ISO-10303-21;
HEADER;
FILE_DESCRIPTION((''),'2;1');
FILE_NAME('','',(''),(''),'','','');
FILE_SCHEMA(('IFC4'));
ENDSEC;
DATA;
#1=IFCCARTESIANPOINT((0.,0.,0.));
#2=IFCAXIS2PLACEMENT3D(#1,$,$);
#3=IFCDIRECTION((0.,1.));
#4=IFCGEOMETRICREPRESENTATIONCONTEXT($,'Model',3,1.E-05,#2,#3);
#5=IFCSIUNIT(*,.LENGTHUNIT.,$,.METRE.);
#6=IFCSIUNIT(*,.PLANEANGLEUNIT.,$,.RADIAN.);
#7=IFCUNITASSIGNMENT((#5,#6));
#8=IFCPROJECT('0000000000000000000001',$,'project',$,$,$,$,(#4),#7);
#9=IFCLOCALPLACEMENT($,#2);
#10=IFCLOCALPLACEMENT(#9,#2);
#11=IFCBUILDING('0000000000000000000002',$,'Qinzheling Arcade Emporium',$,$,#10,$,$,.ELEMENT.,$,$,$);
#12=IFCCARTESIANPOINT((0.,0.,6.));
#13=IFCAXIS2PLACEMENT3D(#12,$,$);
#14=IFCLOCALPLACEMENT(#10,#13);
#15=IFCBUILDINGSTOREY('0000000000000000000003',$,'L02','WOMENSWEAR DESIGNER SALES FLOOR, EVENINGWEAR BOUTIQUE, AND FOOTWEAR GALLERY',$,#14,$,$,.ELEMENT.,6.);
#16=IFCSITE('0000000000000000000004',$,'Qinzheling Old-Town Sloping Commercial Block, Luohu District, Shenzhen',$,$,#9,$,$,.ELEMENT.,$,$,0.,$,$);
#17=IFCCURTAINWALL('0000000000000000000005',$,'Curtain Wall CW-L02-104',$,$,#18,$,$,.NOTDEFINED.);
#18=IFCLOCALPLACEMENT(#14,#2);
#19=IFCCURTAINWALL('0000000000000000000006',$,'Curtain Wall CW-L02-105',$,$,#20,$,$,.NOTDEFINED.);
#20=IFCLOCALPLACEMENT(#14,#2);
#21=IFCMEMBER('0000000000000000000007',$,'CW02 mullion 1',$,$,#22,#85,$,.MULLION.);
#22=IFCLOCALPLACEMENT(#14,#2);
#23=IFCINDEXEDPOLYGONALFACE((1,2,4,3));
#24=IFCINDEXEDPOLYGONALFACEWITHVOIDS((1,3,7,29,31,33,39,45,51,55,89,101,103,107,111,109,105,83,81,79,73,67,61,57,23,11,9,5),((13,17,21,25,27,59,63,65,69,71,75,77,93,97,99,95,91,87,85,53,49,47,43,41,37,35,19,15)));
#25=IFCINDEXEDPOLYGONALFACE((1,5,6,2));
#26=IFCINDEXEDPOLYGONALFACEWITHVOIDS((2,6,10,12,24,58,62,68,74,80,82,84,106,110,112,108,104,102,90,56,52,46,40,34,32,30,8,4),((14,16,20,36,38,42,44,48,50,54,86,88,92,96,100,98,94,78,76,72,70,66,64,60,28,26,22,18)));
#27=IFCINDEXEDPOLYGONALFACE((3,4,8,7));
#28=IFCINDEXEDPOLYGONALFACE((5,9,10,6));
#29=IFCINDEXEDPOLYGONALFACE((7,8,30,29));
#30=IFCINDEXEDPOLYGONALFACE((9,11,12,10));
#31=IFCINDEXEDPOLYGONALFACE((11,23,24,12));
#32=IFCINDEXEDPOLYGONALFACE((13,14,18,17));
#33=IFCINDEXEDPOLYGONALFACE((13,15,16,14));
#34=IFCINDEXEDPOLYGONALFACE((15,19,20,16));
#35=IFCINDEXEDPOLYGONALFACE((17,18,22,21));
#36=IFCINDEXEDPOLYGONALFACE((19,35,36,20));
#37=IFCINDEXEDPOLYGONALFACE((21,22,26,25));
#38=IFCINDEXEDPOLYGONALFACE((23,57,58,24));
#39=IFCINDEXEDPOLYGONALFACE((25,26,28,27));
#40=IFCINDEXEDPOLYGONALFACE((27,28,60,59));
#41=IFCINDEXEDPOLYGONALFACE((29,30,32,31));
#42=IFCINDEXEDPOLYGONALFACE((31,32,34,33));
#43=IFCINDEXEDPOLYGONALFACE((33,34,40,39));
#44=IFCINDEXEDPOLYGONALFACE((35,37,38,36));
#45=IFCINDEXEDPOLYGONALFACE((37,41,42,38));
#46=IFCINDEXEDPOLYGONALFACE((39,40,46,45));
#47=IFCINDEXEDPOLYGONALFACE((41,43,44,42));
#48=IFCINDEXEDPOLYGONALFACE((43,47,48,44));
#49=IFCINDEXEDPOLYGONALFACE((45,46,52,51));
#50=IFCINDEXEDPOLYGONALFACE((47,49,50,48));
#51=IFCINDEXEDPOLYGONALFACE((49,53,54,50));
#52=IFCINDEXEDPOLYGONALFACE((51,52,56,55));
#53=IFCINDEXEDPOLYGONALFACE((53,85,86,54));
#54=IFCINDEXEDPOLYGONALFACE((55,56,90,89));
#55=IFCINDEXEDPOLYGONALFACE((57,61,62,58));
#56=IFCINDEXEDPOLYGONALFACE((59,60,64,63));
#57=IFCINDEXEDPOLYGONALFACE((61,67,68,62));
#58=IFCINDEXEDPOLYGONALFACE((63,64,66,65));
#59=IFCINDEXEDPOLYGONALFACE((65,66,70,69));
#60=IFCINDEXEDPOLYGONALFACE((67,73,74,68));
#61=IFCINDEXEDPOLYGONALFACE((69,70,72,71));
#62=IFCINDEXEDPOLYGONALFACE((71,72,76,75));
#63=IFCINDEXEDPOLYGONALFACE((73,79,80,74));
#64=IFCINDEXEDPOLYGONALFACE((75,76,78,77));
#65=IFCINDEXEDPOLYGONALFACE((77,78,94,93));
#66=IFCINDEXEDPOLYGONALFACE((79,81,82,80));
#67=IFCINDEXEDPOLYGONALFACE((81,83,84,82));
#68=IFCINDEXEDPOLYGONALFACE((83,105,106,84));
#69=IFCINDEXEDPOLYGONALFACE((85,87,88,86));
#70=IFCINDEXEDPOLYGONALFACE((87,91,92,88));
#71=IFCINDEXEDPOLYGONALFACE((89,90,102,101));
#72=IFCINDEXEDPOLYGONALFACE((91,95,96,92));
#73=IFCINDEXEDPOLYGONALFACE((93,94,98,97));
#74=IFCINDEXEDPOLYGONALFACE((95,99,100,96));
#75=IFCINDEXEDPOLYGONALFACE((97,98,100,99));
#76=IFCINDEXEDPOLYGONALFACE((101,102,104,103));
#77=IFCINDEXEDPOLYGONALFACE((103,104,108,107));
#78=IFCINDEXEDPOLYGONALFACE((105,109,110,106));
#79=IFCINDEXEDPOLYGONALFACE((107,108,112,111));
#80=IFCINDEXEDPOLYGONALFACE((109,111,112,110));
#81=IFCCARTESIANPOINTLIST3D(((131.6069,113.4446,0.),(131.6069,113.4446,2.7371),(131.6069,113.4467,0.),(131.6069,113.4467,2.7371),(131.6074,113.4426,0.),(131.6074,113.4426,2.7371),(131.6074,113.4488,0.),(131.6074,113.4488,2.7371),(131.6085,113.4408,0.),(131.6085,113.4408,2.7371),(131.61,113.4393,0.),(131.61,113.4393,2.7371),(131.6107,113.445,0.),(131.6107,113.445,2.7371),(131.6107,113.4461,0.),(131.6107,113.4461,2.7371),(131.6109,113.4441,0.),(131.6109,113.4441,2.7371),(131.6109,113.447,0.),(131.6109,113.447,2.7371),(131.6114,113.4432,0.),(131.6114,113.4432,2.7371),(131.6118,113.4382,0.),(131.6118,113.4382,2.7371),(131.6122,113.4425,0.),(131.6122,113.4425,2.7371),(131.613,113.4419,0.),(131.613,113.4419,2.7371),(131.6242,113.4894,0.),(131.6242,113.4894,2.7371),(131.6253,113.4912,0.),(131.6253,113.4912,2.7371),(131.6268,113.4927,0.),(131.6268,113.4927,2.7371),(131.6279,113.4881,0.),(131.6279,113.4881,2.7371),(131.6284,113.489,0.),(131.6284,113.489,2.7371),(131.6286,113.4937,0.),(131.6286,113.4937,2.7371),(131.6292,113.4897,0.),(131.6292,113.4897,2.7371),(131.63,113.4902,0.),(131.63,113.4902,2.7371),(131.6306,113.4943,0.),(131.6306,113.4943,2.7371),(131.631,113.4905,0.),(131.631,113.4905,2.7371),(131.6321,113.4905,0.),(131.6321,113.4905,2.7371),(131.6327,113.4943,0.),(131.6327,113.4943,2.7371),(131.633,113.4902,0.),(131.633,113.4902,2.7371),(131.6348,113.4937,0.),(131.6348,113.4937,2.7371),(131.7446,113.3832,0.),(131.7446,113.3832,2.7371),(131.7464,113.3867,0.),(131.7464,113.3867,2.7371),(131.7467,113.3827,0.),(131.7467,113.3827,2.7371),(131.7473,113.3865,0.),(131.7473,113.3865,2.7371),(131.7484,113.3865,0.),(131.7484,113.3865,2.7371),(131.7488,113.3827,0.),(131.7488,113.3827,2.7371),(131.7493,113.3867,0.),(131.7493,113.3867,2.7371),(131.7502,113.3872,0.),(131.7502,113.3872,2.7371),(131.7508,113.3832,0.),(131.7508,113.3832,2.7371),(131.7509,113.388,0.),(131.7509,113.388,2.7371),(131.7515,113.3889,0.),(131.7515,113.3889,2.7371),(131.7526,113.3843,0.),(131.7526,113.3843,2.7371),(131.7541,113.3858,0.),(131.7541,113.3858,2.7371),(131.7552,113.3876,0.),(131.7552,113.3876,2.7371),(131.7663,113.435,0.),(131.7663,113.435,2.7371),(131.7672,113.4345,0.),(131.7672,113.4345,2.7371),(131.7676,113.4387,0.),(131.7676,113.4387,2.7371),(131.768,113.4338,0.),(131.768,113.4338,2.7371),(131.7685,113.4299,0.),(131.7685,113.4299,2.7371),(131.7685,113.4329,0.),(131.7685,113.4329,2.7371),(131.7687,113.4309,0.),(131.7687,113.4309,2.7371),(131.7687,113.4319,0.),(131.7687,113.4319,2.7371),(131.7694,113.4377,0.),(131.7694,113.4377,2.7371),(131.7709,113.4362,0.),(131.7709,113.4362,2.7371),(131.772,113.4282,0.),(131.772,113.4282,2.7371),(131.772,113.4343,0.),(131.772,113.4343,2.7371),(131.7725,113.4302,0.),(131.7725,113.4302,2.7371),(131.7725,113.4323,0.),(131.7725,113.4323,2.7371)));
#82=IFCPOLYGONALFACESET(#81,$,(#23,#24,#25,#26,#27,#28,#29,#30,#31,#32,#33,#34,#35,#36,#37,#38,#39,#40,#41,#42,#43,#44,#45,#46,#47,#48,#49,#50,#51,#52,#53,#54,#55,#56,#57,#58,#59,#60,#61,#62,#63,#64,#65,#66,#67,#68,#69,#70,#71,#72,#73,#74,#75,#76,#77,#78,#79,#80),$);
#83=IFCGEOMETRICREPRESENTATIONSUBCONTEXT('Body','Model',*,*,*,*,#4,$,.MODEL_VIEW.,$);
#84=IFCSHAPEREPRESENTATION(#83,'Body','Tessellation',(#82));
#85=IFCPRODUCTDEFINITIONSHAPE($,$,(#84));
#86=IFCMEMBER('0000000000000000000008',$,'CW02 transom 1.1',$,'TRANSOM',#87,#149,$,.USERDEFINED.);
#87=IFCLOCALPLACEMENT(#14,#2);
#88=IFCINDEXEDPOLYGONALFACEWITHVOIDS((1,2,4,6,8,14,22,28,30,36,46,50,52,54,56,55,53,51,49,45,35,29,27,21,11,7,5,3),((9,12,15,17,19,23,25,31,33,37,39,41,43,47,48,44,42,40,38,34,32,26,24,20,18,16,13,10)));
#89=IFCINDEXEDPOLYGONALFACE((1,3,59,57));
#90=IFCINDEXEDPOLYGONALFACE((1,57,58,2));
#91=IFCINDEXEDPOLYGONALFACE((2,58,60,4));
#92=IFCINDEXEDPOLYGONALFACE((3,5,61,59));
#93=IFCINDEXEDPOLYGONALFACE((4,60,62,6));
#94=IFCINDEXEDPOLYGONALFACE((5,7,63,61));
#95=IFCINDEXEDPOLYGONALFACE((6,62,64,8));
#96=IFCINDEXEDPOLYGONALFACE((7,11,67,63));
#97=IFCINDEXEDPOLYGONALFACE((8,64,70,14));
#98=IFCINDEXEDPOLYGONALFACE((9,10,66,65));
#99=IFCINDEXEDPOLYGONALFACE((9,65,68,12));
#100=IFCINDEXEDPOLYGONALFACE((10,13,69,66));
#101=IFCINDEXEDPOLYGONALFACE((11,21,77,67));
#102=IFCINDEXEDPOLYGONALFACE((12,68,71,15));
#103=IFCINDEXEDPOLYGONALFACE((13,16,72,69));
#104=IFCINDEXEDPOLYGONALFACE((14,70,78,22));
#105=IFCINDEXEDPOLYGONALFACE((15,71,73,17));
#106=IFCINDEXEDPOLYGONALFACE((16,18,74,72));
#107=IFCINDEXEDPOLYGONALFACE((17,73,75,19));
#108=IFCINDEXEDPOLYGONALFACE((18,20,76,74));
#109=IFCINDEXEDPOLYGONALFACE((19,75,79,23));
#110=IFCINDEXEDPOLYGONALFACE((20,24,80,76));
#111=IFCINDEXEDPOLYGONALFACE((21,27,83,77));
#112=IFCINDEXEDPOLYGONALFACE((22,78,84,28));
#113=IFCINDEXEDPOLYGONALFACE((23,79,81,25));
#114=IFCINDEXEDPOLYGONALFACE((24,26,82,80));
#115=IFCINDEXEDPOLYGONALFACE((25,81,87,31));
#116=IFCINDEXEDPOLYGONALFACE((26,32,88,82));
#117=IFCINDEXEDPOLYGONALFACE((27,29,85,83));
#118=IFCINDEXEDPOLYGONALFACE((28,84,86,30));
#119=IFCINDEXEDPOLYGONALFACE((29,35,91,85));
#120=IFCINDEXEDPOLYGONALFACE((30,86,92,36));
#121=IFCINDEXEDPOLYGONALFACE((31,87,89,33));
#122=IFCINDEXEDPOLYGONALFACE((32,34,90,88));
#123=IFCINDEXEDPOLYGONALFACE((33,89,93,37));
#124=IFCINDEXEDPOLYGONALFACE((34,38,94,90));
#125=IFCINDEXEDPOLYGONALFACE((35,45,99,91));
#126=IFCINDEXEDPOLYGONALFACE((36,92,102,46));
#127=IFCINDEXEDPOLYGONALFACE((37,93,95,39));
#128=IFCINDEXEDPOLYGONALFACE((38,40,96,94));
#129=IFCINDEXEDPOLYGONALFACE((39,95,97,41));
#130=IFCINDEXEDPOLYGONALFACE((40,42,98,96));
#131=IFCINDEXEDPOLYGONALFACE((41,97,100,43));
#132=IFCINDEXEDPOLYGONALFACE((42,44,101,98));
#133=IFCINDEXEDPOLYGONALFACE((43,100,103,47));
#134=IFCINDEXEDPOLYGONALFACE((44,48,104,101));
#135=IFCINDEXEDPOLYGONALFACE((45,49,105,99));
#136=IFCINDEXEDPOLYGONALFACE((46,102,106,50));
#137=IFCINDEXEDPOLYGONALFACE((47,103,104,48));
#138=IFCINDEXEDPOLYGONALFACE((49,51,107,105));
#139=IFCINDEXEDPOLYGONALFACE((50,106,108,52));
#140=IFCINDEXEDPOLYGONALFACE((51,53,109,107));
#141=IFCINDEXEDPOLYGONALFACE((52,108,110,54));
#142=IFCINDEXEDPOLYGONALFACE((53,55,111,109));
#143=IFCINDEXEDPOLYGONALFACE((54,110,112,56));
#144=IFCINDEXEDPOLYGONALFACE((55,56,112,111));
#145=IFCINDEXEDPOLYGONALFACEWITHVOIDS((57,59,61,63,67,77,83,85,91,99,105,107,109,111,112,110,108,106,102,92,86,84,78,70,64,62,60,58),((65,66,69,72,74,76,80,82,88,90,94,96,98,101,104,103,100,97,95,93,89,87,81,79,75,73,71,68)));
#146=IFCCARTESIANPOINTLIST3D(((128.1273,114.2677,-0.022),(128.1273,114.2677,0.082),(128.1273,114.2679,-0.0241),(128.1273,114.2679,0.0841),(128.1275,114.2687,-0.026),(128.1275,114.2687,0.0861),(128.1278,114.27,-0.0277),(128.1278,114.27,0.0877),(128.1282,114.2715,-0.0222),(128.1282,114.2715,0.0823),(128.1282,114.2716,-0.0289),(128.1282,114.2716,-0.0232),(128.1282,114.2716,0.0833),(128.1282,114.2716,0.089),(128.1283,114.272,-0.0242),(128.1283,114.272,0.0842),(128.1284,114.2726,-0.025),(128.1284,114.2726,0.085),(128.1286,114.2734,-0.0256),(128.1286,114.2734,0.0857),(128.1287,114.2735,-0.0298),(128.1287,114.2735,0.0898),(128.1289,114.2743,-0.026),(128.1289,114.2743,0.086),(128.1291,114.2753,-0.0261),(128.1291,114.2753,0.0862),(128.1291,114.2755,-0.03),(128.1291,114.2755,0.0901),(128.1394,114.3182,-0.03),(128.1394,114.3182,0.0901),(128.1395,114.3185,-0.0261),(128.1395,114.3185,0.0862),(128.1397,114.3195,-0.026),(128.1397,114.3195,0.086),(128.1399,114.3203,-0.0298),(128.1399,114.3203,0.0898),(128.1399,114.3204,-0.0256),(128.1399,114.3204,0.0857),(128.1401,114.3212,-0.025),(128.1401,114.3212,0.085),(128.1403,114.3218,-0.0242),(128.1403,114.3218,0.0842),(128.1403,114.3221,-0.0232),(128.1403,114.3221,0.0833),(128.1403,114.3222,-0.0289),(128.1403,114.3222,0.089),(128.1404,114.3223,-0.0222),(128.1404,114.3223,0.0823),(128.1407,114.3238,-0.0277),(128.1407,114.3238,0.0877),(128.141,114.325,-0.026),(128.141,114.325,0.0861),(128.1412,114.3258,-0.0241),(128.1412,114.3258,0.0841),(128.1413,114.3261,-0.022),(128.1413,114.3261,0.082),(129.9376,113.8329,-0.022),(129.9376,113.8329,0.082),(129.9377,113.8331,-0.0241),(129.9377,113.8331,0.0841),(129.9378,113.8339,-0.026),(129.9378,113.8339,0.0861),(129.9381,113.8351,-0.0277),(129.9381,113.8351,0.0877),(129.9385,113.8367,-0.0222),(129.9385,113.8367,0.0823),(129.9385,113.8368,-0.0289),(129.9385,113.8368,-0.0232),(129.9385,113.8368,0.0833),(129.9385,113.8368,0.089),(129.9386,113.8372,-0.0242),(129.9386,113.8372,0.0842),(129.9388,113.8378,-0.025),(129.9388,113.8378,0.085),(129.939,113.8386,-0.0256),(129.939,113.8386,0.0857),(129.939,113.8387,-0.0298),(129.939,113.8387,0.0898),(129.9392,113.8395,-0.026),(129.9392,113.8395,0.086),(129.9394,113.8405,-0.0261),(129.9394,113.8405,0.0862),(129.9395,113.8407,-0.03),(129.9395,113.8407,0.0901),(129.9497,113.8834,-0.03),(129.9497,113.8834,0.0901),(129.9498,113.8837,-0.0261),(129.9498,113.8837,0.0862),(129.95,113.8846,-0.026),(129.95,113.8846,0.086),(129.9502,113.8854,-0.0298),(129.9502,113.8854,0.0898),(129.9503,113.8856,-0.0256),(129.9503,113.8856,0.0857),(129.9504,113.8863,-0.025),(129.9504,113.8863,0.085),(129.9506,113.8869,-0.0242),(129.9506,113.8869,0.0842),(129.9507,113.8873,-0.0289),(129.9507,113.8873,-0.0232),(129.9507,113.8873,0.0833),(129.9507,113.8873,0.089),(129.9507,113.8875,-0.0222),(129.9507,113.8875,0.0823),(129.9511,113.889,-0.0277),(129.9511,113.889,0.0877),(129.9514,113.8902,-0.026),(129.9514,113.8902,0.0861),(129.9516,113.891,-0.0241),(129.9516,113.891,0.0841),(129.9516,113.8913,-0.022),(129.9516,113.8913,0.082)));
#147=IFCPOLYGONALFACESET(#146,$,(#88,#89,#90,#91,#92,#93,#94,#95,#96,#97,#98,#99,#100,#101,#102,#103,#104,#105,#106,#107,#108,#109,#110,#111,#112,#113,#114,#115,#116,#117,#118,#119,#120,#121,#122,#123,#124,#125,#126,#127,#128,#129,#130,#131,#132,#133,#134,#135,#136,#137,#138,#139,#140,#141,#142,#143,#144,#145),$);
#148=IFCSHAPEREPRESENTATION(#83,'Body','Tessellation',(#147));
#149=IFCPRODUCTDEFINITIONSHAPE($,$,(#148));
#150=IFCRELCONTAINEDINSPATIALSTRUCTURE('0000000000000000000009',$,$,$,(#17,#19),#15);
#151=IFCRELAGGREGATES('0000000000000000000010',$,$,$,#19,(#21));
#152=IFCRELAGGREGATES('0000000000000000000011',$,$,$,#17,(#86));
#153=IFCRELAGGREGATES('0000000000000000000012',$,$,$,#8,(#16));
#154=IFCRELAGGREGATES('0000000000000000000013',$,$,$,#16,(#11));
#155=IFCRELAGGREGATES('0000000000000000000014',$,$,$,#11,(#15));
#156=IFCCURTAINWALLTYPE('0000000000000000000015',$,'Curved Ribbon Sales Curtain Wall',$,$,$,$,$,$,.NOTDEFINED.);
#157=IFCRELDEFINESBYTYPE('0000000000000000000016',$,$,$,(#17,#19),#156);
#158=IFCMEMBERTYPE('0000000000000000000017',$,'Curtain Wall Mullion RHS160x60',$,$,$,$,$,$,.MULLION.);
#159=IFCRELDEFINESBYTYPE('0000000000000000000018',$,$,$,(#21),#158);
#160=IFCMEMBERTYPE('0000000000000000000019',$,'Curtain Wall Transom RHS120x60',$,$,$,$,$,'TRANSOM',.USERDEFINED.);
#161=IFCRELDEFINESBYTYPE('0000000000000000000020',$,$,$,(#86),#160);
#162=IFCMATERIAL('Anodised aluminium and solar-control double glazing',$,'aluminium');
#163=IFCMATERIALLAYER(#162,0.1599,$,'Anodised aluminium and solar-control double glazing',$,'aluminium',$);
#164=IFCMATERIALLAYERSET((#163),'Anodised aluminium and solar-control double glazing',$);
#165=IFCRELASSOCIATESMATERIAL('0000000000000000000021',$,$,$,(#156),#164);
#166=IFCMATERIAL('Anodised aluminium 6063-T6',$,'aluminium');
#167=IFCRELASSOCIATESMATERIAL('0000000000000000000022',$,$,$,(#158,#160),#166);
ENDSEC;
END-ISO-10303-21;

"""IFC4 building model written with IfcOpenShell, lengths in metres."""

from ifc_helpers import new_model, si_unit, direction, frame, origin, origin_2d, place, context, subcontext, project, spatial, hollow_rectangle, extrude, material, layer, layer_set, material_profile, profile_set, type_object, element, aggregate, save


model = new_model("IFC4")

# Units and contexts
model_context = context("Model", 3, precision=1e-05, world=origin(), true_north=direction((0.0, 1.0)))
body_context = subcontext(model_context, "Body", "Model", "MODEL_VIEW")
ifc_project = project(units=[si_unit("LENGTHUNIT", "METRE"), si_unit("PLANEANGLEUNIT", "RADIAN")], contexts=[model_context])

# Site, building, storey
site_placement = place(None, origin())
site = spatial("IfcSite", under=ifc_project, at=site_placement, Name="Qinzheling Old-Town Sloping Commercial Block, Luohu District, Shenzhen", CompositionType="ELEMENT", RefElevation=0.0)
building_placement = place(site_placement, origin())
building = spatial("IfcBuilding", under=site, at=building_placement, Name="Qinzheling Arcade Emporium", CompositionType="ELEMENT")
storey_placement = place(building_placement, frame((0.0, 0.0, 6.0)))
storey = spatial("IfcBuildingStorey", under=building, at=storey_placement, Name="L02", Description="WOMENSWEAR DESIGNER SALES FLOOR, EVENINGWEAR BOUTIQUE, AND FOOTWEAR GALLERY", CompositionType="ELEMENT", Elevation=6.0)

# Shared definitions
ifc_material_1 = material(Name="Anodised aluminium and solar-control double glazing", Category="aluminium")
ifc_layer_1 = layer(ifc_material_1, 0.1599, Name="Anodised aluminium and solar-control double glazing", Category="aluminium")
ifc_layer_set_1 = layer_set([ifc_layer_1], Name="Anodised aluminium and solar-control double glazing")
curtain_wall_type = type_object("IfcCurtainWallType", Name="Curved Ribbon Sales Curtain Wall", PredefinedType="NOTDEFINED", material=ifc_layer_set_1)
ifc_material_2 = material(Name="Anodised aluminium 6063-T6", Category="aluminium")
ifc_material_profile_1 = material_profile(ifc_material_2, hollow_rectangle(XDim=0.0601, YDim=0.1599, WallThickness=0.0039, InnerFilletRadius=0.0039, OuterFilletRadius=0.0081, at=origin_2d()), Name="RHS 160x60x4", Category="aluminium")
ifc_profile_set_1 = profile_set([ifc_material_profile_1], Name="Anodised aluminium 6063-T6")
member_type_1 = type_object("IfcMemberType", Name="Curtain Wall Mullion RHS160x60", PredefinedType="MULLION", material=ifc_profile_set_1)

# Curtain wall
curtain_wall_1_placement = place(storey_placement, origin())
curtain_wall_1 = element("IfcCurtainWall", 1, at=curtain_wall_1_placement, inside=storey, type_object=curtain_wall_type, Name="Curtain Wall CW-L02-104", PredefinedType="NOTDEFINED")

# Curtain wall, member
curtain_wall_2_placement = place(storey_placement, origin())
curtain_wall_2 = element("IfcCurtainWall", 2, at=curtain_wall_2_placement, inside=storey, type_object=curtain_wall_type, Name="Curtain Wall CW-L02-105", PredefinedType="NOTDEFINED")
member_1_placement = place(storey_placement, frame((131.6897, 113.4385, 0.0), z_axis=(0.0, 0.0, 1.0), x_axis=(0.382631, 0.923901, 0.0)))
member_1 = element("IfcMember", 3, at=member_1_placement, type_object=member_type_1, Name="CW02 mullion 1", PredefinedType="MULLION", context=body_context, shape_type="SweptSolid", body=[
    extrude(hollow_rectangle(XDim=0.0601, YDim=0.1599, WallThickness=0.0039, InnerFilletRadius=0.0039, OuterFilletRadius=0.0081, at=origin_2d()), origin(), (0.0, 0.0, 1.0), 2.7371),
])

# Member
ifc_material_profile_2 = material_profile(ifc_material_2, hollow_rectangle(XDim=0.0601, YDim=0.1201, WallThickness=0.0039, InnerFilletRadius=0.0039, OuterFilletRadius=0.0081, at=origin_2d()), Name="RHS 120x60x4", Category="aluminium")
ifc_profile_set_2 = profile_set([ifc_material_profile_2], Name="Anodised aluminium 6063-T6")
member_type_2 = type_object("IfcMemberType", Name="Curtain Wall Transom RHS120x60", ElementType="TRANSOM", PredefinedType="USERDEFINED", material=ifc_profile_set_2)
member_2_placement = place(storey_placement, frame((128.1343, 114.2969, 0.03), z_axis=(0.972346, -0.233547, 0.0), x_axis=(0.233547, 0.972346, 0.0)))
member_2 = element("IfcMember", 4, at=member_2_placement, type_object=member_type_2, Name="CW02 transom 1.1", ObjectType="TRANSOM", PredefinedType="USERDEFINED", context=body_context, shape_type="SweptSolid", body=[
    extrude(hollow_rectangle(XDim=0.0601, YDim=0.1201, WallThickness=0.0039, InnerFilletRadius=0.0039, OuterFilletRadius=0.0081, at=origin_2d()), origin(), (0.0, 0.0, 1.0), 1.8618),
])
aggregate(curtain_wall_2, [member_1])

aggregate(curtain_wall_1, [member_2])

save(model, "model.ifc")
